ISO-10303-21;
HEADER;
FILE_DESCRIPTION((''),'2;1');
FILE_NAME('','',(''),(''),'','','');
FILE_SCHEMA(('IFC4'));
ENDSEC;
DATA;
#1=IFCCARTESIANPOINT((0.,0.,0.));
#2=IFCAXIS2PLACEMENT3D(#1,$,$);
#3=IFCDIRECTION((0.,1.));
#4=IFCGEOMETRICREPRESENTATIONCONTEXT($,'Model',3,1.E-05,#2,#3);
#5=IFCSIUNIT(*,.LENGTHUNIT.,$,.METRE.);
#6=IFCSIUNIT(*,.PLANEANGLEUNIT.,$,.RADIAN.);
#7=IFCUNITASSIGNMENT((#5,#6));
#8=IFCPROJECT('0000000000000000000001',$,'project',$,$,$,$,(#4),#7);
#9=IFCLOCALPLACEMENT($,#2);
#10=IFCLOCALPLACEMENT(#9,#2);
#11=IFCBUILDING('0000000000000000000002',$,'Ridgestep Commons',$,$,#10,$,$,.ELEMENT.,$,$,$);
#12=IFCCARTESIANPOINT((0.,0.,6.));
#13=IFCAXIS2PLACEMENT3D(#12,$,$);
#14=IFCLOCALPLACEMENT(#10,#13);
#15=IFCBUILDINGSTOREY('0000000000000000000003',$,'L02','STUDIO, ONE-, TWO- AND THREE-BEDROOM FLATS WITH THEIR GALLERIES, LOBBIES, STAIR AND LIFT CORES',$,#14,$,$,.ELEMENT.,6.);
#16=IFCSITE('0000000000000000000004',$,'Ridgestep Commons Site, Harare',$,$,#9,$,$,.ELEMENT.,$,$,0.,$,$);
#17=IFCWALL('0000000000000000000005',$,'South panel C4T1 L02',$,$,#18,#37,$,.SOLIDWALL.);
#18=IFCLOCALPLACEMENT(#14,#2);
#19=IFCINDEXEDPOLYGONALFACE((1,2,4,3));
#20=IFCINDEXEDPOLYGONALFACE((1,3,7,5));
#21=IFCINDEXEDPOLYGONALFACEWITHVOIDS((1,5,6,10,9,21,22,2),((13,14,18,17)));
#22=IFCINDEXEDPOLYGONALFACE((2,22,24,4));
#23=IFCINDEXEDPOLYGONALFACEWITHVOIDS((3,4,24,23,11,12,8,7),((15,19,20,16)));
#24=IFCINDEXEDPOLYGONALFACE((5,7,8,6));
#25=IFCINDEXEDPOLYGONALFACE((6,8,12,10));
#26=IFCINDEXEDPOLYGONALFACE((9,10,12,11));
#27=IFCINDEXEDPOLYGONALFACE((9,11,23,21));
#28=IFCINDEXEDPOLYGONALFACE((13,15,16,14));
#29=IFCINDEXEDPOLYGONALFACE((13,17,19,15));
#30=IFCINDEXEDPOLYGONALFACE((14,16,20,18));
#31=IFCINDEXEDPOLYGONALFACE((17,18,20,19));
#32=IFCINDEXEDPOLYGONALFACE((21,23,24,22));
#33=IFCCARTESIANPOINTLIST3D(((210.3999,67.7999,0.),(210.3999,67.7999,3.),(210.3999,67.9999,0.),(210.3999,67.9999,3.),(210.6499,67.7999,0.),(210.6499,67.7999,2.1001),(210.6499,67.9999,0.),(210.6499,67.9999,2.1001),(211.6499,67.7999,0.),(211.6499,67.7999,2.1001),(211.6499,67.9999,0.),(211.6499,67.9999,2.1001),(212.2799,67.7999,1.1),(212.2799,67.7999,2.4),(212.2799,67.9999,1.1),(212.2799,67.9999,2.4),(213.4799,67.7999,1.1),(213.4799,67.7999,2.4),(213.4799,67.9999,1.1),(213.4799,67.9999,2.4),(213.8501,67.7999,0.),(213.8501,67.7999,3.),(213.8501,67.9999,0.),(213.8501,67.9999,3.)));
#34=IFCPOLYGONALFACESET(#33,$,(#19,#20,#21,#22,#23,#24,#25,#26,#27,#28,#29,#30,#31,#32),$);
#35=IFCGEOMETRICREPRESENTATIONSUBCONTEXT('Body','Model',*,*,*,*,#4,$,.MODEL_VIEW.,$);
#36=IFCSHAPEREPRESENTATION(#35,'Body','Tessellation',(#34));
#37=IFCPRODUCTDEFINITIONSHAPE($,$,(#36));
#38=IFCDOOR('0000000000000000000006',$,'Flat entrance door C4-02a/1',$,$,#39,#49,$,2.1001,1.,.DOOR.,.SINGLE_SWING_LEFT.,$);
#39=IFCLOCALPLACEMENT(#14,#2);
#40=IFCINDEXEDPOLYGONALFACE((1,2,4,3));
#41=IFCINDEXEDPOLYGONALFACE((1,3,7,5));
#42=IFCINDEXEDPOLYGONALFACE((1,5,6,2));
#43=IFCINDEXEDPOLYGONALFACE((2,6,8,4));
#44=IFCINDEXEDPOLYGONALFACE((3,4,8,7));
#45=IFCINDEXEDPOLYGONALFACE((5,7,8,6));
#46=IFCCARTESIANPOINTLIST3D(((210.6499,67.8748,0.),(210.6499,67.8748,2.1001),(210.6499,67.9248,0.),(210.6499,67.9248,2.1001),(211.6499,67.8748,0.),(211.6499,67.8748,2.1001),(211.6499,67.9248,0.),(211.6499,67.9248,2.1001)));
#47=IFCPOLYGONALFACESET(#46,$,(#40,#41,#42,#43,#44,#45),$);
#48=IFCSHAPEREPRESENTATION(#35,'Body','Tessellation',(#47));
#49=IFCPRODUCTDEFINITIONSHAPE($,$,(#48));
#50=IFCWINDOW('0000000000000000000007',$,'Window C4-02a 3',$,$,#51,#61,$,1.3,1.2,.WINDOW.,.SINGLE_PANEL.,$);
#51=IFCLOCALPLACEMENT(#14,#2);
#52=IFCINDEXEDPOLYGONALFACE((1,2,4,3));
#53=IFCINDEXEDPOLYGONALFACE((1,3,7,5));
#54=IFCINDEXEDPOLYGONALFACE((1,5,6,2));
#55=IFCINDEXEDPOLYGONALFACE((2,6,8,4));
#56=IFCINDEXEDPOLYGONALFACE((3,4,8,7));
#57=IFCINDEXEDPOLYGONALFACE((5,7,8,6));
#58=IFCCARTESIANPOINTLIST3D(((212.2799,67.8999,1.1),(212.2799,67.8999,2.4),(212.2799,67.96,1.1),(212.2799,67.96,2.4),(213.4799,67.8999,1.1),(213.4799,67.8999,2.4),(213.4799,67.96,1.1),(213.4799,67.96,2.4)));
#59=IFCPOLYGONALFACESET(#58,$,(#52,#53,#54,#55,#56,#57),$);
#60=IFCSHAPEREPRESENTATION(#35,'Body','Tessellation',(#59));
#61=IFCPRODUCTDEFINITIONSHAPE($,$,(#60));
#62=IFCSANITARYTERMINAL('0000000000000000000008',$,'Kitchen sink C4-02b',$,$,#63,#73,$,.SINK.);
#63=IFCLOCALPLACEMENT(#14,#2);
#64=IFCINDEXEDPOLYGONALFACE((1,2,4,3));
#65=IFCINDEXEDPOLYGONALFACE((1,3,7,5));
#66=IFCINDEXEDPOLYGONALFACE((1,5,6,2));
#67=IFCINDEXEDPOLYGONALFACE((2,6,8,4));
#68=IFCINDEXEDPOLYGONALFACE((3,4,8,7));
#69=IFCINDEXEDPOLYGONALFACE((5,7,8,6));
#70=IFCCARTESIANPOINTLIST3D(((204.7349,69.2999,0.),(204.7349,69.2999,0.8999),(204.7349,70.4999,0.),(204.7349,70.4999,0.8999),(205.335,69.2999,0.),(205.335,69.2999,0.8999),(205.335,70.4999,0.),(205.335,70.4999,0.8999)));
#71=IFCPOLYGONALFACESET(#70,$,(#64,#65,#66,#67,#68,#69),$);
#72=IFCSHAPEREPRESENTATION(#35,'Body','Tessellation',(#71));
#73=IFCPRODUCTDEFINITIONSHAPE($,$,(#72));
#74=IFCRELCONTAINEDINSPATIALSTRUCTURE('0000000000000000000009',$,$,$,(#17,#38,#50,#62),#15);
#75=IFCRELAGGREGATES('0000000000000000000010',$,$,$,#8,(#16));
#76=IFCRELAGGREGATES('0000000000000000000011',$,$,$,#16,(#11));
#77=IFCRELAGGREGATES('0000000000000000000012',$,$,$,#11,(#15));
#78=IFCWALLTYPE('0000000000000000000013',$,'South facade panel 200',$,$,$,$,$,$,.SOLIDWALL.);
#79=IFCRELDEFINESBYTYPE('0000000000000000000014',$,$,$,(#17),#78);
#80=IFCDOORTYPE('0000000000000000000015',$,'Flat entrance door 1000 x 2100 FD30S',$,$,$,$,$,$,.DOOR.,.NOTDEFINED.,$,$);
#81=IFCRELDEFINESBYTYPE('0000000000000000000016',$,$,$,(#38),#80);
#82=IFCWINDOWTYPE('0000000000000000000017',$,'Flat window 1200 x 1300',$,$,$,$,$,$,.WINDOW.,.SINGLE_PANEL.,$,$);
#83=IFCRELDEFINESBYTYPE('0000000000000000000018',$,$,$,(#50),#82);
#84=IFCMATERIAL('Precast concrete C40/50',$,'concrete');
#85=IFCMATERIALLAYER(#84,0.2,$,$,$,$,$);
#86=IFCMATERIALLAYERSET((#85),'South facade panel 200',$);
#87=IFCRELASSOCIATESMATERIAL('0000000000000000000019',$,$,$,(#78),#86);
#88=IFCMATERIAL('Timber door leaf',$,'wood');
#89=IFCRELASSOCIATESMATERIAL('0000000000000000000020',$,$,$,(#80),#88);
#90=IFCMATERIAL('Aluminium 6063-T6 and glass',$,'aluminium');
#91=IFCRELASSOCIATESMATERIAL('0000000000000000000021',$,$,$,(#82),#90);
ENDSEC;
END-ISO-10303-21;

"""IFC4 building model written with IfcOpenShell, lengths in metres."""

from ifc_helpers import new_model, si_unit, direction, frame, frame_2d, origin, origin_2d, place, context, subcontext, project, spatial, rectangle, extrude, material, layer, layer_set, type_object, element, fill, save


model = new_model("IFC4")

# Units and contexts
model_context = context("Model", 3, precision=1e-05, world=origin(), true_north=direction((0.0, 1.0)))
body_context = subcontext(model_context, "Body", "Model", "MODEL_VIEW")
ifc_project = project(units=[si_unit("LENGTHUNIT", "METRE"), si_unit("PLANEANGLEUNIT", "RADIAN")], contexts=[model_context])

# Site, building, storey
site_placement = place(None, origin())
site = spatial("IfcSite", under=ifc_project, at=site_placement, Name="Ridgestep Commons Site, Harare", CompositionType="ELEMENT", RefElevation=0.0)
building_placement = place(site_placement, origin())
building = spatial("IfcBuilding", under=site, at=building_placement, Name="Ridgestep Commons", CompositionType="ELEMENT")
storey_placement = place(building_placement, frame((0.0, 0.0, 6.0)))
storey = spatial("IfcBuildingStorey", under=building, at=storey_placement, Name="L02", Description="STUDIO, ONE-, TWO- AND THREE-BEDROOM FLATS WITH THEIR GALLERIES, LOBBIES, STAIR AND LIFT CORES", CompositionType="ELEMENT", Elevation=6.0)

# Shared definitions
ifc_material_1 = material(Name="Precast concrete C40/50", Category="concrete")
ifc_layer_1 = layer(ifc_material_1, 0.2)
ifc_layer_set_1 = layer_set([ifc_layer_1], Name="South facade panel 200")
wall_type_1 = type_object("IfcWallType", Name="South facade panel 200", PredefinedType="SOLIDWALL", material=ifc_layer_set_1)

# Wall, openings, door, window
wall_1_placement = place(storey_placement, frame((210.3999, 67.8999, 0.0), z_axis=(0.0, 0.0, 1.0), x_axis=(1.0, 0.0, 0.0)))
wall_1 = element("IfcWall", 1, at=wall_1_placement, inside=storey, type_object=wall_type_1, Name="South panel C4T1 L02", PredefinedType="SOLIDWALL", context=body_context, shape_type="SweptSolid", body=[
    extrude(rectangle(XDim=3.4502, YDim=0.2, at=frame_2d((1.7251, 0.0))), origin(), (0.0, 0.0, 1.0), 3.0),
])
opening_1_placement = place(wall_1_placement, frame((1.8799, 0.0, 1.1001)))
opening_1 = element("IfcOpeningElement", 2, at=opening_1_placement, cuts=wall_1, PredefinedType="OPENING", context=body_context, shape_type="SweptSolid", body=[
    extrude(rectangle(XDim=1.2, YDim=1.3, at=frame_2d((0.6001, 0.6499))), frame((0.0, 0.1099, 0.0), z_axis=(0.0, -1.0, 0.0), x_axis=(1.0, 0.0, 0.0)), (0.0, 0.0, 1.0), 0.22),
])
opening_2_placement = place(wall_1_placement, frame((0.25, 0.0, 0.0)))
opening_2 = element("IfcOpeningElement", 3, at=opening_2_placement, cuts=wall_1, PredefinedType="OPENING", context=body_context, shape_type="SweptSolid", body=[
    extrude(rectangle(XDim=1.0, YDim=2.1001, at=frame_2d((0.5, 1.05))), frame((0.0, 0.1099, 0.0), z_axis=(0.0, -1.0, 0.0), x_axis=(1.0, 0.0, 0.0)), (0.0, 0.0, 1.0), 0.22),
])
ifc_material_2 = material(Name="Timber door leaf", Category="wood")
door_type_1 = type_object("IfcDoorType", Name="Flat entrance door 1000 x 2100 FD30S", OperationType="NOTDEFINED", PredefinedType="DOOR", material=ifc_material_2)
door_1_placement = place(opening_2_placement, origin())
door_1 = element("IfcDoor", 4, at=door_1_placement, inside=storey, type_object=door_type_1, Name="Flat entrance door C4-02a/1", OperationType="SINGLE_SWING_LEFT", OverallHeight=2.1001, OverallWidth=1.0, PredefinedType="DOOR", context=body_context, shape_type="SweptSolid", body=[
    extrude(rectangle(XDim=1.0, YDim=2.1001, at=frame_2d((0.5, 1.05))), frame((0.0, 0.0249, 0.0), z_axis=(0.0, -1.0, 0.0), x_axis=(1.0, 0.0, 0.0)), (0.0, 0.0, 1.0), 0.05),
])
fill(opening_2, door_1)
ifc_material_3 = material(Name="Aluminium 6063-T6 and glass", Category="aluminium")
window_type_1 = type_object("IfcWindowType", Name="Flat window 1200 x 1300", PartitioningType="SINGLE_PANEL", PredefinedType="WINDOW", material=ifc_material_3)
window_1_placement = place(opening_1_placement, origin())
window_1 = element("IfcWindow", 5, at=window_1_placement, inside=storey, type_object=window_type_1, Name="Window C4-02a 3", OverallHeight=1.3, OverallWidth=1.2, PartitioningType="SINGLE_PANEL", PredefinedType="WINDOW", context=body_context, shape_type="SweptSolid", body=[
    extrude(rectangle(XDim=1.2, YDim=1.3, at=frame_2d((0.6001, 0.6499))), frame((0.0, 0.0601, 0.0), z_axis=(0.0, -1.0, 0.0), x_axis=(1.0, 0.0, 0.0)), (0.0, 0.0, 1.0), 0.0601),
])
fill(opening_1, window_1)

# Sanitary terminal
sanitary_terminal_placement = place(storey_placement, frame((205.0349, 69.8999, 0.0), z_axis=(0.0, 0.0, 1.0), x_axis=(1.0, 0.0, 0.0)))
element("IfcSanitaryTerminal", 6, at=sanitary_terminal_placement, inside=storey, Name="Kitchen sink C4-02b", PredefinedType="SINK", context=body_context, shape_type="SweptSolid", body=[
    extrude(rectangle(XDim=0.6001, YDim=1.2, at=origin_2d()), origin(), (0.0, 0.0, 1.0), 0.8999),
])

save(model, "model.ifc")
